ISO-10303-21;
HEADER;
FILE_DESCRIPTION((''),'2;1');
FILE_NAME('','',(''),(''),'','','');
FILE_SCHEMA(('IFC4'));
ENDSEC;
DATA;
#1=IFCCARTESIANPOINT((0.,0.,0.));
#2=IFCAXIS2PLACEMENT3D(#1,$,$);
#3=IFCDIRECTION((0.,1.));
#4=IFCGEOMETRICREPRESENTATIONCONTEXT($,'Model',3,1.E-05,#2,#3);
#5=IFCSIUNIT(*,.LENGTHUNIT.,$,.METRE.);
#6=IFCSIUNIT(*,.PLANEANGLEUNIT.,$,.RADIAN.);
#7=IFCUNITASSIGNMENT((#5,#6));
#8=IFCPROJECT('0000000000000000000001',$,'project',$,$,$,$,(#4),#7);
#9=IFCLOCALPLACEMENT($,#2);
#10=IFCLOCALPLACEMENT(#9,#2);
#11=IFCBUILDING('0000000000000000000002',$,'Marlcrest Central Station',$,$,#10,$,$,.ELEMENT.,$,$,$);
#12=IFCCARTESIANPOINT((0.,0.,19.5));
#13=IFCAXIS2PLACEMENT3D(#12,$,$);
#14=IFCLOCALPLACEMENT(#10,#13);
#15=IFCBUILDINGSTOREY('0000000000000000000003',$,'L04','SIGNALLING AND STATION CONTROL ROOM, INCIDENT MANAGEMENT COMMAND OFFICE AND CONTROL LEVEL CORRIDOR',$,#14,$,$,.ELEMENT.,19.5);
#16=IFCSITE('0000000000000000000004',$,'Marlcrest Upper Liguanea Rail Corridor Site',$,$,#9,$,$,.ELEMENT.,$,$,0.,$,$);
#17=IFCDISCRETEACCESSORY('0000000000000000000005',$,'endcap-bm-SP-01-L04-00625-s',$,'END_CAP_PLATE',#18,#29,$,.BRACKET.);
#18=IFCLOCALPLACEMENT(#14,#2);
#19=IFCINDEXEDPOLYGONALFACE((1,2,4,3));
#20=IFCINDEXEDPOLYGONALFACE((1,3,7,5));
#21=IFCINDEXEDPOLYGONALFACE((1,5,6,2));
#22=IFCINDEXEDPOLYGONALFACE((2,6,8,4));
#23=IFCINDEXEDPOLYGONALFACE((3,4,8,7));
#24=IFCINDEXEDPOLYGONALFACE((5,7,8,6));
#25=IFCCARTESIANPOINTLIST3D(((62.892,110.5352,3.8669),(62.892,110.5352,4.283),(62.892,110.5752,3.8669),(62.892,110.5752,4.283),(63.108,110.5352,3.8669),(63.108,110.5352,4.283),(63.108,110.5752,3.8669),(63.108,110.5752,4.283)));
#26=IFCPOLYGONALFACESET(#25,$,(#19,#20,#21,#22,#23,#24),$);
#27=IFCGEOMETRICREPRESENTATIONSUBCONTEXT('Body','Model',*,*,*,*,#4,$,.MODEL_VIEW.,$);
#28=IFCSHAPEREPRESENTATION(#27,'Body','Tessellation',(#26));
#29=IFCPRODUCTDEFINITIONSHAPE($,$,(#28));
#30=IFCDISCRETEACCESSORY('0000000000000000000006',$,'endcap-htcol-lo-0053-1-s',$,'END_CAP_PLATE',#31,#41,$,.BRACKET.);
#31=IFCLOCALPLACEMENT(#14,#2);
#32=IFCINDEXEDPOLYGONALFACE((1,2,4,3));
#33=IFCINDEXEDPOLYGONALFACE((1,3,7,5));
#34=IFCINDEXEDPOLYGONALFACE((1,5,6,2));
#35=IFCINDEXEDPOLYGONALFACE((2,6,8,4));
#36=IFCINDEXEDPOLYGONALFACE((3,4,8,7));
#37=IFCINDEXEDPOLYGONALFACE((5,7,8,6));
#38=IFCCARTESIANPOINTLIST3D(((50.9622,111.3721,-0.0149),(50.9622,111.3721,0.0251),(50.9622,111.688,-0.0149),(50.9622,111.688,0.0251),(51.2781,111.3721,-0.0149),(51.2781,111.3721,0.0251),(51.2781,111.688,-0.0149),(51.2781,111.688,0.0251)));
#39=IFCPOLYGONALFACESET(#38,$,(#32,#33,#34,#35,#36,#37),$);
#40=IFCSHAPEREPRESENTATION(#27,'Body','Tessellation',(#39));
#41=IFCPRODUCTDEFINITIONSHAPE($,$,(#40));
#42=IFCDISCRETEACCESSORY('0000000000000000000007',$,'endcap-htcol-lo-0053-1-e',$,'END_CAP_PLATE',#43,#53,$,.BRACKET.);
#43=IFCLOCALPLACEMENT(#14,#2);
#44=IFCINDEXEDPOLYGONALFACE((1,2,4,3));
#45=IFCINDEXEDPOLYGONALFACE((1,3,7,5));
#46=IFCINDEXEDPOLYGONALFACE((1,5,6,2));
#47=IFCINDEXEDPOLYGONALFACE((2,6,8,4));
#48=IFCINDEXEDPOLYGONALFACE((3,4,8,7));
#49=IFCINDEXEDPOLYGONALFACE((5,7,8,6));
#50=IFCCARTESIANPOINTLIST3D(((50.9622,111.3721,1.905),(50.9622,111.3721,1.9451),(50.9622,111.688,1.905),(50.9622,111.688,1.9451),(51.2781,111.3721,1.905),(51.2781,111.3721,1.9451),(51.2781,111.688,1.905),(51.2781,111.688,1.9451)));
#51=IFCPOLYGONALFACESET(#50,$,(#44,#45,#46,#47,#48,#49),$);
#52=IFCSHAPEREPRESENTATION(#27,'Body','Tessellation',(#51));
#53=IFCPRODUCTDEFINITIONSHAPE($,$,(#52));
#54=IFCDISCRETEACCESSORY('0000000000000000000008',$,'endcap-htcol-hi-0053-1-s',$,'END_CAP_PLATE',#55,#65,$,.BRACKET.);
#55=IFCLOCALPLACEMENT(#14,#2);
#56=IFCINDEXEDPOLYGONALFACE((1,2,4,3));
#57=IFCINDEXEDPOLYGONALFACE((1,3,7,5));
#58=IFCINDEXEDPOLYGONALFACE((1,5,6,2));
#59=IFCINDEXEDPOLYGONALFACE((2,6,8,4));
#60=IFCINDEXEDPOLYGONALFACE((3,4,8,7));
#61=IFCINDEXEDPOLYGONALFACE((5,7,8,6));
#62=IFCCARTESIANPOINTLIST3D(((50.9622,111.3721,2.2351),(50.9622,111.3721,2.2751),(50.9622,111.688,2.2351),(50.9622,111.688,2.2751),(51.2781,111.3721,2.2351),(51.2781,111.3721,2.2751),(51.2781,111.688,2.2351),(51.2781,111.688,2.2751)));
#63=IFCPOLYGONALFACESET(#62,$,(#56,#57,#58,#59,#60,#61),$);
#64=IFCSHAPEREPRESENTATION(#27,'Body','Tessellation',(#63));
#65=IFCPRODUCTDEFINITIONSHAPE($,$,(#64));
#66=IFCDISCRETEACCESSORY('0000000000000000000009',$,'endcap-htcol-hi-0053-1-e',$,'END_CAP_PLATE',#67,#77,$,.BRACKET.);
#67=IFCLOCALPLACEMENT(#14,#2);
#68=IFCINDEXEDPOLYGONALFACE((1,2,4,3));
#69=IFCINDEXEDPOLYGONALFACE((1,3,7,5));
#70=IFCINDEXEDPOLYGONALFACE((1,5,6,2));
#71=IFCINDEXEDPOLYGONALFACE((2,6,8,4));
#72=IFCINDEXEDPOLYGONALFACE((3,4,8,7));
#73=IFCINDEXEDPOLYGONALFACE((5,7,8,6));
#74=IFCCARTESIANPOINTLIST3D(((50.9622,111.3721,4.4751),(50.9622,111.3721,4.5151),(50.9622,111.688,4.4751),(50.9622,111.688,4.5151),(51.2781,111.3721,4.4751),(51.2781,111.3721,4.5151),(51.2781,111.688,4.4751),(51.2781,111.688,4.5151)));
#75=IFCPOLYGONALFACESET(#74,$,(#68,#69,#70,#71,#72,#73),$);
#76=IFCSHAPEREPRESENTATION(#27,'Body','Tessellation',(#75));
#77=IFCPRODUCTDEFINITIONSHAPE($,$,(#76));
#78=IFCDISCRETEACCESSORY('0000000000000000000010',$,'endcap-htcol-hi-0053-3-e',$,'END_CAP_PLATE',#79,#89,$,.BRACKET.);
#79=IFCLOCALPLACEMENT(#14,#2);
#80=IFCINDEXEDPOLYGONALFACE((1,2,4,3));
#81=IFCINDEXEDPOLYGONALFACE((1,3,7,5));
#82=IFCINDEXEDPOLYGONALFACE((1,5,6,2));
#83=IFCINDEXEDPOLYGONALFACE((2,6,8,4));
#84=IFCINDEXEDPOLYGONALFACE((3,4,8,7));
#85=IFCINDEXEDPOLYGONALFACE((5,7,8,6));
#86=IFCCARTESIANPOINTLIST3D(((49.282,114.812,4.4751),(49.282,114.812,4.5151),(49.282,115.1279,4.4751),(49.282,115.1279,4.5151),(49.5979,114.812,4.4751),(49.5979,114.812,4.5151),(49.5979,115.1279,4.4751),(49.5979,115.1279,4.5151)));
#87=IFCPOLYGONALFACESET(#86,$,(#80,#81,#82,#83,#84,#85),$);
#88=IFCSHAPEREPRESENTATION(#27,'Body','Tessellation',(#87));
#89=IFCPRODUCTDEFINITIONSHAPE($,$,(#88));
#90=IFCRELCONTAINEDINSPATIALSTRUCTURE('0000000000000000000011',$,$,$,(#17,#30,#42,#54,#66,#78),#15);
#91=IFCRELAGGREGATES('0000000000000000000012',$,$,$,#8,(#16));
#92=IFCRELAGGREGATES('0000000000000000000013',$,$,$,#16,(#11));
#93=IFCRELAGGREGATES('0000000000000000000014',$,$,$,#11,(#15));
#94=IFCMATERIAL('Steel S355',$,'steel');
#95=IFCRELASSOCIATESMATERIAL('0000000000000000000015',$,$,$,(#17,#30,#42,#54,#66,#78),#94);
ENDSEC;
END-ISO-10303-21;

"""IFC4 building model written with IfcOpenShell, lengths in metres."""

from ifc_helpers import new_model, si_unit, direction, frame, origin, origin_2d, place, context, subcontext, project, spatial, rectangle, extrude, material, element, save


model = new_model("IFC4")

# Units and contexts
model_context = context("Model", 3, precision=1e-05, world=origin(), true_north=direction((0.0, 1.0)))
body_context = subcontext(model_context, "Body", "Model", "MODEL_VIEW")
ifc_project = project(units=[si_unit("LENGTHUNIT", "METRE"), si_unit("PLANEANGLEUNIT", "RADIAN")], contexts=[model_context])

# Site, building, storey
site_placement = place(None, origin())
site = spatial("IfcSite", under=ifc_project, at=site_placement, Name="Marlcrest Upper Liguanea Rail Corridor Site", CompositionType="ELEMENT", RefElevation=0.0)
building_placement = place(site_placement, origin())
building = spatial("IfcBuilding", under=site, at=building_placement, Name="Marlcrest Central Station", CompositionType="ELEMENT")
storey_placement = place(building_placement, frame((0.0, 0.0, 19.5)))
storey = spatial("IfcBuildingStorey", under=building, at=storey_placement, Name="L04", Description="SIGNALLING AND STATION CONTROL ROOM, INCIDENT MANAGEMENT COMMAND OFFICE AND CONTROL LEVEL CORRIDOR", CompositionType="ELEMENT", Elevation=19.5)

# Shared definitions
ifc_material_1 = material(Name="Steel S355", Category="steel")

# Discrete accessories
discrete_accessory_placement = place(storey_placement, frame((63.0, 110.5352, 4.075), z_axis=(0.0, 1.0, 0.0), x_axis=(-1.0, 0.0, 0.0)))
element("IfcDiscreteAccessory", 1, at=discrete_accessory_placement, inside=storey, material=ifc_material_1, Name="endcap-bm-SP-01-L04-00625-s", ObjectType="END_CAP_PLATE", PredefinedType="BRACKET", context=body_context, shape_type="SweptSolid", body=[
    extrude(rectangle(XDim=0.2161, YDim=0.416, at=origin_2d()), origin(), (0.0, 0.0, 1.0), 0.04),
])
for number, where, z_axis, x_axis, name in (
    (2, (51.1201, 111.53, -0.0149), (0.0, 0.0, 1.0), (1.0, 0.0, 0.0), "endcap-htcol-lo-0053-1-s"),
    (3, (51.1201, 111.53, 1.905), (0.0, 0.0, 1.0), (1.0, 0.0, 0.0), "endcap-htcol-lo-0053-1-e"),
    (4, (51.1201, 111.53, 2.2351), (0.0, 0.0, 1.0), (1.0, 0.0, 0.0), "endcap-htcol-hi-0053-1-s"),
    (5, (51.1201, 111.53, 4.4751), (0.0, 0.0, 1.0), (1.0, 0.0, 0.0), "endcap-htcol-hi-0053-1-e"),
    (6, (49.4399, 114.97, 4.4751), (0.0, 0.0, 1.0), (1.0, 0.0, 0.0), "endcap-htcol-hi-0053-3-e"),
):
    element("IfcDiscreteAccessory", number, at=place(storey_placement, frame(where, z_axis=z_axis, x_axis=x_axis)), inside=storey, material=ifc_material_1, Name=name, ObjectType="END_CAP_PLATE", PredefinedType="BRACKET", context=body_context, shape_type="SweptSolid", body=[
        extrude(rectangle(XDim=0.3159, YDim=0.3159, at=origin_2d()), origin(), (0.0, 0.0, 1.0), 0.04),
    ])

save(model, "model.ifc")
